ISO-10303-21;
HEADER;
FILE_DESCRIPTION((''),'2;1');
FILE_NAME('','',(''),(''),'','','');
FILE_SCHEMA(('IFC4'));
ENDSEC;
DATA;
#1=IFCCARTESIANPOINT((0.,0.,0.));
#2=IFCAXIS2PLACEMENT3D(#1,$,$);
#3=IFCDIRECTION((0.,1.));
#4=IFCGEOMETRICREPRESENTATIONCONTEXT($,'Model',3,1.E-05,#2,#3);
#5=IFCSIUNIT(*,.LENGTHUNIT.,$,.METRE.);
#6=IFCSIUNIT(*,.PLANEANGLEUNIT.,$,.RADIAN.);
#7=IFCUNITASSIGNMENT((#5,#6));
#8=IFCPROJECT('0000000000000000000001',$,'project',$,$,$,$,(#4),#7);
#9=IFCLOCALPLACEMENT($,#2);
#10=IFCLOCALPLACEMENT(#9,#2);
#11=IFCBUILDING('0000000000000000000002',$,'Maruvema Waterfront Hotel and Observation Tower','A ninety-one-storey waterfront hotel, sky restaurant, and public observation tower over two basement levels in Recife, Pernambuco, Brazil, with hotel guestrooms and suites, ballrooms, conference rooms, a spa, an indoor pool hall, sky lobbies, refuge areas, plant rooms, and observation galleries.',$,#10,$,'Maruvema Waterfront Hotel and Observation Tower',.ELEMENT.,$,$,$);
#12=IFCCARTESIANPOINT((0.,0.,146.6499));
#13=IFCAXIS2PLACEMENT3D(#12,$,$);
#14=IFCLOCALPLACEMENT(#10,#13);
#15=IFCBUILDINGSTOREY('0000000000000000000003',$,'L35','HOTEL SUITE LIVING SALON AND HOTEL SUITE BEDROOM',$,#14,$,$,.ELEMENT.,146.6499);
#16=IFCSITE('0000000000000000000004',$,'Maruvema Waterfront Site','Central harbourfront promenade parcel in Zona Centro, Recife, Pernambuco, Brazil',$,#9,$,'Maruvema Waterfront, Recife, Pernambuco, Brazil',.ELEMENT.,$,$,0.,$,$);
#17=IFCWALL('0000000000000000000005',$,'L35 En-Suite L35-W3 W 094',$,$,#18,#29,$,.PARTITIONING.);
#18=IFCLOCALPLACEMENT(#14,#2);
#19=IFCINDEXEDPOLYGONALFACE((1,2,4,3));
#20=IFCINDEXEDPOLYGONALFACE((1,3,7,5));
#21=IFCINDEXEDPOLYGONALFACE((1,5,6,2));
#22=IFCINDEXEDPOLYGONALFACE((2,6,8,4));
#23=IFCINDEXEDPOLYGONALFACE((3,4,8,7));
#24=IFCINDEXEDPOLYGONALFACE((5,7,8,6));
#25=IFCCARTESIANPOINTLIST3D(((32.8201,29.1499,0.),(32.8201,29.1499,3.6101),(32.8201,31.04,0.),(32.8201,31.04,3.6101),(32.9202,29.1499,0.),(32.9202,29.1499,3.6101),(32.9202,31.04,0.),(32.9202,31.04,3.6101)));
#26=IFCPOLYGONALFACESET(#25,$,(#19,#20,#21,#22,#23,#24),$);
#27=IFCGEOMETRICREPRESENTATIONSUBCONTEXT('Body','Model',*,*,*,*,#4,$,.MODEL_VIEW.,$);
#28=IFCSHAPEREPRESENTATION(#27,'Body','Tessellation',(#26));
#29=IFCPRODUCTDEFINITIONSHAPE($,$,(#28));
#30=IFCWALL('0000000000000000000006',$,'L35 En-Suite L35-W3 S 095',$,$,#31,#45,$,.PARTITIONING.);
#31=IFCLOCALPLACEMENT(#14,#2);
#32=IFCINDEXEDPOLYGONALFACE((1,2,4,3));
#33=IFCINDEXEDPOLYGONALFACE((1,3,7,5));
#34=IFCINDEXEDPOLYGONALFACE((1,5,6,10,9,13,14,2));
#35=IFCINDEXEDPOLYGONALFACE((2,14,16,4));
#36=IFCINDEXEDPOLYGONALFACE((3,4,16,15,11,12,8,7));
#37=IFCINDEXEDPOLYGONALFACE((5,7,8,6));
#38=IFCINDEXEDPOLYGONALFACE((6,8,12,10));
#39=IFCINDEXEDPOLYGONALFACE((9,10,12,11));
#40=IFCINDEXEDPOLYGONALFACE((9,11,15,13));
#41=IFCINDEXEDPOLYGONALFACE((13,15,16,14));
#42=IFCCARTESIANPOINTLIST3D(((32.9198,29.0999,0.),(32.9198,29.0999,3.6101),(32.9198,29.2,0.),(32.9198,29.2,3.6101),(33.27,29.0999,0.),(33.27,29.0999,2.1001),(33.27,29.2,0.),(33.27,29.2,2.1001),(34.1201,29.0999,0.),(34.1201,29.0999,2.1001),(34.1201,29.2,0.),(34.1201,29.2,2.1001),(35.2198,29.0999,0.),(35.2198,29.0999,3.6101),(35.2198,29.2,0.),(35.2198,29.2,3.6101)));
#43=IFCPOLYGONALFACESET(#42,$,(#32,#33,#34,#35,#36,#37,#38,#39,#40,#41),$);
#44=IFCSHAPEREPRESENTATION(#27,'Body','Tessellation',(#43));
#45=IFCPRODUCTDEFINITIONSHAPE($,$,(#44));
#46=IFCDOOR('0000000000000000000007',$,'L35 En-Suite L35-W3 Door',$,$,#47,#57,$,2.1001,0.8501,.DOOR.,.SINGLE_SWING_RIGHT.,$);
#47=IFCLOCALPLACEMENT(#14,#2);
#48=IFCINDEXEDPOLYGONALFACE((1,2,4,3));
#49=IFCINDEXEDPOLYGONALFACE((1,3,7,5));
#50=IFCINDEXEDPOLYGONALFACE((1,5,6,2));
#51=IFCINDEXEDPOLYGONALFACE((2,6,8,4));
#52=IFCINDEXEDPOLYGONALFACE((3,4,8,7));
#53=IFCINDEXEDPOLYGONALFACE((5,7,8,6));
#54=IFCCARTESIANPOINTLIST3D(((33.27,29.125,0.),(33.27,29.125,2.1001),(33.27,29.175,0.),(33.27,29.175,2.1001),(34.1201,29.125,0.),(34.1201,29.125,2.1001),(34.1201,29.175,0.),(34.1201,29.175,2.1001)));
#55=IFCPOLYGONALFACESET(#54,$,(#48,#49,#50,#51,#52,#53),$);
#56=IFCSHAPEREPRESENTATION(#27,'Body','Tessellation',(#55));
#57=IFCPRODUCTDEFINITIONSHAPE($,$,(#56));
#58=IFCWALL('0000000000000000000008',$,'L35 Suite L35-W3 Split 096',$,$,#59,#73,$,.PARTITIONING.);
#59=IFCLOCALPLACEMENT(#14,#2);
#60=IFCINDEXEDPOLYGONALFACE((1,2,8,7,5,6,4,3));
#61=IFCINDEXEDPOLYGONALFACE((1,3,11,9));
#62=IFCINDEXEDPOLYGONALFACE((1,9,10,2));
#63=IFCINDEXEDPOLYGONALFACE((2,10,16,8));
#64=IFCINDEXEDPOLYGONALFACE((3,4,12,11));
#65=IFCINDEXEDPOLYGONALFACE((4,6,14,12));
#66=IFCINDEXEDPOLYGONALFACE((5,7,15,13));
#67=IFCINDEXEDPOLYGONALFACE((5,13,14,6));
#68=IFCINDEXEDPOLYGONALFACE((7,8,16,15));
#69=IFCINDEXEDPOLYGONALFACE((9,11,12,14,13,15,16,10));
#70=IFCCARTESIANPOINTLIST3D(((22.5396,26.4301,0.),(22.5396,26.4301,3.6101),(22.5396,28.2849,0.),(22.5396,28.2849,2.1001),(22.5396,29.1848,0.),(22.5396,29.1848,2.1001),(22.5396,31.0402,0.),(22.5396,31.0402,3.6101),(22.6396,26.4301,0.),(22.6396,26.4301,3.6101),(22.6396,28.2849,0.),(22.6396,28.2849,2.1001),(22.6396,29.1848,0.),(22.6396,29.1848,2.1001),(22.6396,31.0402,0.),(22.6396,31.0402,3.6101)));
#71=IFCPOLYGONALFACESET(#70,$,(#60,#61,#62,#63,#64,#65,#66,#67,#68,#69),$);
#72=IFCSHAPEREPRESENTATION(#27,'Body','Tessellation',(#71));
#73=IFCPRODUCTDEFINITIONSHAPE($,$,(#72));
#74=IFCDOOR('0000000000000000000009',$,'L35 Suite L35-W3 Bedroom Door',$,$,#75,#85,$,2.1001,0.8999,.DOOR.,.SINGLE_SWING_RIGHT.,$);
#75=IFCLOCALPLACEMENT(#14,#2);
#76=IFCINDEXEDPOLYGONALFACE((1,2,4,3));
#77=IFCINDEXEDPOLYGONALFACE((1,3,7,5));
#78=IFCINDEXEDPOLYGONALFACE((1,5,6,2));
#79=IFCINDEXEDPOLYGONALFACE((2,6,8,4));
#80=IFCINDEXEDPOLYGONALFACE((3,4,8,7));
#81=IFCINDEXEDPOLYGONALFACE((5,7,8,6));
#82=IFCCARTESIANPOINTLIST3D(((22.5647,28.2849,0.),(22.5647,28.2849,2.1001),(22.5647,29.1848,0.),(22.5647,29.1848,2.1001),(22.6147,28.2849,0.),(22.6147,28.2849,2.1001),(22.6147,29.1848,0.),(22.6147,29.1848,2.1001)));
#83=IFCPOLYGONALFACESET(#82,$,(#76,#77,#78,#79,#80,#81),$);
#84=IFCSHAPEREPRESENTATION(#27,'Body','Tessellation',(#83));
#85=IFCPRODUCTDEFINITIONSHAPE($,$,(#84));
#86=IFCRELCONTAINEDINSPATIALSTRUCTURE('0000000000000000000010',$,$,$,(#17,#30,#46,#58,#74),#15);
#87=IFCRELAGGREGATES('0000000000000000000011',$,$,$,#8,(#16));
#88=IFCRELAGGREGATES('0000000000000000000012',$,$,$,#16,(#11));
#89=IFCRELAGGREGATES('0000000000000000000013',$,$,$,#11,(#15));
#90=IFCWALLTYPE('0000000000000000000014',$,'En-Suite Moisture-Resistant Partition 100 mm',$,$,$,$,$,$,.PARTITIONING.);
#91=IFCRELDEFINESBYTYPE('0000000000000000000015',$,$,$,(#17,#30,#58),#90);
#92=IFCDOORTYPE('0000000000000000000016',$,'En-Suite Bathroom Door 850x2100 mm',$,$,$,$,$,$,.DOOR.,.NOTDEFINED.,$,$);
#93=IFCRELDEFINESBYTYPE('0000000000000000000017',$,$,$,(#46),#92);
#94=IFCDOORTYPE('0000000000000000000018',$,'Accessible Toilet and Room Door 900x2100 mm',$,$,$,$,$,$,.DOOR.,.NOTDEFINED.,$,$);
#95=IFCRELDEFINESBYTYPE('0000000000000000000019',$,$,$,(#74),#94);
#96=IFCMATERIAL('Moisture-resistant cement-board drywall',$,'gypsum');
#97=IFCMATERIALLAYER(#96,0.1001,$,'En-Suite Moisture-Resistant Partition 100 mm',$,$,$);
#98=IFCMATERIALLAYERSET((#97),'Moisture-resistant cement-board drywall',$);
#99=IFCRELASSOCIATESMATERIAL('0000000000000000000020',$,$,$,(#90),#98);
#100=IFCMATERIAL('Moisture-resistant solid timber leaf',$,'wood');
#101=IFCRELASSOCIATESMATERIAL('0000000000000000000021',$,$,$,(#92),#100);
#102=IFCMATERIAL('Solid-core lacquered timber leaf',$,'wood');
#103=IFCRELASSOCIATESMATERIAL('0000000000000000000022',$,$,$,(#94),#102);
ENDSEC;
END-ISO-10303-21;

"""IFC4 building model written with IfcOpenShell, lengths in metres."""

from ifc_helpers import new_model, si_unit, direction, frame, frame_2d, origin, place, context, subcontext, project, spatial, rectangle, extrude, material, layer, layer_set, type_object, element, fill, save


model = new_model("IFC4")

# Units and contexts
model_context = context("Model", 3, precision=1e-05, world=origin(), true_north=direction((0.0, 1.0)))
body_context = subcontext(model_context, "Body", "Model", "MODEL_VIEW")
ifc_project = project(units=[si_unit("LENGTHUNIT", "METRE"), si_unit("PLANEANGLEUNIT", "RADIAN")], contexts=[model_context])

# Site, building, storey
site_placement = place(None, origin())
site = spatial("IfcSite", under=ifc_project, at=site_placement, Name="Maruvema Waterfront Site", Description="Central harbourfront promenade parcel in Zona Centro, Recife, Pernambuco, Brazil", LongName="Maruvema Waterfront, Recife, Pernambuco, Brazil", CompositionType="ELEMENT", RefElevation=0.0)
building_placement = place(site_placement, origin())
building = spatial("IfcBuilding", under=site, at=building_placement, Name="Maruvema Waterfront Hotel and Observation Tower", Description="A ninety-one-storey waterfront hotel, sky restaurant, and public observation tower over two basement levels in Recife, Pernambuco, Brazil, with hotel guestrooms and suites, ballrooms, conference rooms, a spa, an indoor pool hall, sky lobbies, refuge areas, plant rooms, and observation galleries.", LongName="Maruvema Waterfront Hotel and Observation Tower", CompositionType="ELEMENT")
storey_placement = place(building_placement, frame((0.0, 0.0, 146.6499)))
storey = spatial("IfcBuildingStorey", under=building, at=storey_placement, Name="L35", Description="HOTEL SUITE LIVING SALON AND HOTEL SUITE BEDROOM", CompositionType="ELEMENT", Elevation=146.6499)

# Shared definitions
ifc_material_1 = material(Name="Moisture-resistant cement-board drywall", Category="gypsum")
ifc_layer_1 = layer(ifc_material_1, 0.1001, Name="En-Suite Moisture-Resistant Partition 100 mm")
ifc_layer_set_1 = layer_set([ifc_layer_1], Name="Moisture-resistant cement-board drywall")
wall_type_1 = type_object("IfcWallType", Name="En-Suite Moisture-Resistant Partition 100 mm", PredefinedType="PARTITIONING", material=ifc_layer_set_1)

# Shared definitions
ifc_material_2 = material(Name="Moisture-resistant solid timber leaf", Category="wood")
door_type_1 = type_object("IfcDoorType", Name="En-Suite Bathroom Door 850x2100 mm", OperationType="NOTDEFINED", PredefinedType="DOOR", material=ifc_material_2)

# Wall
wall_1_placement = place(storey_placement, frame((32.8701, 29.1499, 0.0), z_axis=(0.0, 0.0, 1.0), x_axis=(0.0, 1.0, 0.0)))
element("IfcWall", 1, at=wall_1_placement, inside=storey, type_object=wall_type_1, Name="L35 En-Suite L35-W3 W 094", PredefinedType="PARTITIONING", context=body_context, shape_type="SweptSolid", body=[
    extrude(rectangle(XDim=1.8901, YDim=0.1001, at=frame_2d((0.9451, 0.0))), origin(), (0.0, 0.0, 1.0), 3.6101),
])

# Walls, openings, doors
wall_2_placement = place(storey_placement, frame((32.9199, 29.1499, 0.0), z_axis=(0.0, 0.0, 1.0), x_axis=(1.0, 0.0, 0.0)))
wall_2 = element("IfcWall", 2, at=wall_2_placement, inside=storey, type_object=wall_type_1, Name="L35 En-Suite L35-W3 S 095", PredefinedType="PARTITIONING", context=body_context, shape_type="SweptSolid", body=[
    extrude(rectangle(XDim=2.3, YDim=0.1001, at=frame_2d((1.1499, 0.0))), origin(), (0.0, 0.0, 1.0), 3.6101),
])
opening_1_placement = place(wall_2_placement, frame((0.3501, 0.0, 0.0)))
opening_1 = element("IfcOpeningElement", 3, at=opening_1_placement, cuts=wall_2, PredefinedType="OPENING", context=body_context, shape_type="SweptSolid", body=[
    extrude(rectangle(XDim=0.8501, YDim=2.1001, at=frame_2d((0.425, 1.05))), frame((0.0, 0.0601, 0.0), z_axis=(0.0, -1.0, 0.0), x_axis=(1.0, 0.0, 0.0)), (0.0, 0.0, 1.0), 0.1201),
])
door_1_placement = place(opening_1_placement, frame((0.8501, 0.0, 0.0), z_axis=(0.0, 0.0, 1.0), x_axis=(-1.0, 0.0, 0.0)))
door_1 = element("IfcDoor", 4, at=door_1_placement, inside=storey, type_object=door_type_1, Name="L35 En-Suite L35-W3 Door", OperationType="SINGLE_SWING_RIGHT", OverallHeight=2.1001, OverallWidth=0.8501, PredefinedType="DOOR", context=body_context, shape_type="SweptSolid", body=[
    extrude(rectangle(XDim=0.8501, YDim=2.1001, at=frame_2d((0.425, 1.05))), frame((0.0, 0.0249, 0.0), z_axis=(0.0, -1.0, 0.0), x_axis=(1.0, 0.0, 0.0)), (0.0, 0.0, 1.0), 0.05),
])
fill(opening_1, door_1)
wall_3_placement = place(storey_placement, frame((22.5896, 26.4299, 0.0), z_axis=(0.0, 0.0, 1.0), x_axis=(0.0, 1.0, 0.0)))
wall_3 = element("IfcWall", 5, at=wall_3_placement, inside=storey, type_object=wall_type_1, Name="L35 Suite L35-W3 Split 096", PredefinedType="PARTITIONING", context=body_context, shape_type="SweptSolid", body=[
    extrude(rectangle(XDim=4.6101, YDim=0.1001, at=frame_2d((2.3052, 0.0))), origin(), (0.0, 0.0, 1.0), 3.6101),
])
opening_2_placement = place(wall_3_placement, frame((1.855, 0.0, 0.0)))
opening_2 = element("IfcOpeningElement", 6, at=opening_2_placement, cuts=wall_3, PredefinedType="OPENING", context=body_context, shape_type="SweptSolid", body=[
    extrude(rectangle(XDim=0.8999, YDim=2.1001, at=frame_2d((0.45, 1.05))), frame((0.0, 0.0601, 0.0), z_axis=(0.0, -1.0, 0.0), x_axis=(1.0, 0.0, 0.0)), (0.0, 0.0, 1.0), 0.1201),
])
ifc_material_3 = material(Name="Solid-core lacquered timber leaf", Category="wood")
door_type_2 = type_object("IfcDoorType", Name="Accessible Toilet and Room Door 900x2100 mm", OperationType="NOTDEFINED", PredefinedType="DOOR", material=ifc_material_3)
door_2_placement = place(opening_2_placement, origin())
door_2 = element("IfcDoor", 7, at=door_2_placement, inside=storey, type_object=door_type_2, Name="L35 Suite L35-W3 Bedroom Door", OperationType="SINGLE_SWING_RIGHT", OverallHeight=2.1001, OverallWidth=0.8999, PredefinedType="DOOR", context=body_context, shape_type="SweptSolid", body=[
    extrude(rectangle(XDim=0.8999, YDim=2.1001, at=frame_2d((0.45, 1.05))), frame((0.0, 0.0249, 0.0), z_axis=(0.0, -1.0, 0.0), x_axis=(1.0, 0.0, 0.0)), (0.0, 0.0, 1.0), 0.05),
])
fill(opening_2, door_2)

save(model, "model.ifc")
